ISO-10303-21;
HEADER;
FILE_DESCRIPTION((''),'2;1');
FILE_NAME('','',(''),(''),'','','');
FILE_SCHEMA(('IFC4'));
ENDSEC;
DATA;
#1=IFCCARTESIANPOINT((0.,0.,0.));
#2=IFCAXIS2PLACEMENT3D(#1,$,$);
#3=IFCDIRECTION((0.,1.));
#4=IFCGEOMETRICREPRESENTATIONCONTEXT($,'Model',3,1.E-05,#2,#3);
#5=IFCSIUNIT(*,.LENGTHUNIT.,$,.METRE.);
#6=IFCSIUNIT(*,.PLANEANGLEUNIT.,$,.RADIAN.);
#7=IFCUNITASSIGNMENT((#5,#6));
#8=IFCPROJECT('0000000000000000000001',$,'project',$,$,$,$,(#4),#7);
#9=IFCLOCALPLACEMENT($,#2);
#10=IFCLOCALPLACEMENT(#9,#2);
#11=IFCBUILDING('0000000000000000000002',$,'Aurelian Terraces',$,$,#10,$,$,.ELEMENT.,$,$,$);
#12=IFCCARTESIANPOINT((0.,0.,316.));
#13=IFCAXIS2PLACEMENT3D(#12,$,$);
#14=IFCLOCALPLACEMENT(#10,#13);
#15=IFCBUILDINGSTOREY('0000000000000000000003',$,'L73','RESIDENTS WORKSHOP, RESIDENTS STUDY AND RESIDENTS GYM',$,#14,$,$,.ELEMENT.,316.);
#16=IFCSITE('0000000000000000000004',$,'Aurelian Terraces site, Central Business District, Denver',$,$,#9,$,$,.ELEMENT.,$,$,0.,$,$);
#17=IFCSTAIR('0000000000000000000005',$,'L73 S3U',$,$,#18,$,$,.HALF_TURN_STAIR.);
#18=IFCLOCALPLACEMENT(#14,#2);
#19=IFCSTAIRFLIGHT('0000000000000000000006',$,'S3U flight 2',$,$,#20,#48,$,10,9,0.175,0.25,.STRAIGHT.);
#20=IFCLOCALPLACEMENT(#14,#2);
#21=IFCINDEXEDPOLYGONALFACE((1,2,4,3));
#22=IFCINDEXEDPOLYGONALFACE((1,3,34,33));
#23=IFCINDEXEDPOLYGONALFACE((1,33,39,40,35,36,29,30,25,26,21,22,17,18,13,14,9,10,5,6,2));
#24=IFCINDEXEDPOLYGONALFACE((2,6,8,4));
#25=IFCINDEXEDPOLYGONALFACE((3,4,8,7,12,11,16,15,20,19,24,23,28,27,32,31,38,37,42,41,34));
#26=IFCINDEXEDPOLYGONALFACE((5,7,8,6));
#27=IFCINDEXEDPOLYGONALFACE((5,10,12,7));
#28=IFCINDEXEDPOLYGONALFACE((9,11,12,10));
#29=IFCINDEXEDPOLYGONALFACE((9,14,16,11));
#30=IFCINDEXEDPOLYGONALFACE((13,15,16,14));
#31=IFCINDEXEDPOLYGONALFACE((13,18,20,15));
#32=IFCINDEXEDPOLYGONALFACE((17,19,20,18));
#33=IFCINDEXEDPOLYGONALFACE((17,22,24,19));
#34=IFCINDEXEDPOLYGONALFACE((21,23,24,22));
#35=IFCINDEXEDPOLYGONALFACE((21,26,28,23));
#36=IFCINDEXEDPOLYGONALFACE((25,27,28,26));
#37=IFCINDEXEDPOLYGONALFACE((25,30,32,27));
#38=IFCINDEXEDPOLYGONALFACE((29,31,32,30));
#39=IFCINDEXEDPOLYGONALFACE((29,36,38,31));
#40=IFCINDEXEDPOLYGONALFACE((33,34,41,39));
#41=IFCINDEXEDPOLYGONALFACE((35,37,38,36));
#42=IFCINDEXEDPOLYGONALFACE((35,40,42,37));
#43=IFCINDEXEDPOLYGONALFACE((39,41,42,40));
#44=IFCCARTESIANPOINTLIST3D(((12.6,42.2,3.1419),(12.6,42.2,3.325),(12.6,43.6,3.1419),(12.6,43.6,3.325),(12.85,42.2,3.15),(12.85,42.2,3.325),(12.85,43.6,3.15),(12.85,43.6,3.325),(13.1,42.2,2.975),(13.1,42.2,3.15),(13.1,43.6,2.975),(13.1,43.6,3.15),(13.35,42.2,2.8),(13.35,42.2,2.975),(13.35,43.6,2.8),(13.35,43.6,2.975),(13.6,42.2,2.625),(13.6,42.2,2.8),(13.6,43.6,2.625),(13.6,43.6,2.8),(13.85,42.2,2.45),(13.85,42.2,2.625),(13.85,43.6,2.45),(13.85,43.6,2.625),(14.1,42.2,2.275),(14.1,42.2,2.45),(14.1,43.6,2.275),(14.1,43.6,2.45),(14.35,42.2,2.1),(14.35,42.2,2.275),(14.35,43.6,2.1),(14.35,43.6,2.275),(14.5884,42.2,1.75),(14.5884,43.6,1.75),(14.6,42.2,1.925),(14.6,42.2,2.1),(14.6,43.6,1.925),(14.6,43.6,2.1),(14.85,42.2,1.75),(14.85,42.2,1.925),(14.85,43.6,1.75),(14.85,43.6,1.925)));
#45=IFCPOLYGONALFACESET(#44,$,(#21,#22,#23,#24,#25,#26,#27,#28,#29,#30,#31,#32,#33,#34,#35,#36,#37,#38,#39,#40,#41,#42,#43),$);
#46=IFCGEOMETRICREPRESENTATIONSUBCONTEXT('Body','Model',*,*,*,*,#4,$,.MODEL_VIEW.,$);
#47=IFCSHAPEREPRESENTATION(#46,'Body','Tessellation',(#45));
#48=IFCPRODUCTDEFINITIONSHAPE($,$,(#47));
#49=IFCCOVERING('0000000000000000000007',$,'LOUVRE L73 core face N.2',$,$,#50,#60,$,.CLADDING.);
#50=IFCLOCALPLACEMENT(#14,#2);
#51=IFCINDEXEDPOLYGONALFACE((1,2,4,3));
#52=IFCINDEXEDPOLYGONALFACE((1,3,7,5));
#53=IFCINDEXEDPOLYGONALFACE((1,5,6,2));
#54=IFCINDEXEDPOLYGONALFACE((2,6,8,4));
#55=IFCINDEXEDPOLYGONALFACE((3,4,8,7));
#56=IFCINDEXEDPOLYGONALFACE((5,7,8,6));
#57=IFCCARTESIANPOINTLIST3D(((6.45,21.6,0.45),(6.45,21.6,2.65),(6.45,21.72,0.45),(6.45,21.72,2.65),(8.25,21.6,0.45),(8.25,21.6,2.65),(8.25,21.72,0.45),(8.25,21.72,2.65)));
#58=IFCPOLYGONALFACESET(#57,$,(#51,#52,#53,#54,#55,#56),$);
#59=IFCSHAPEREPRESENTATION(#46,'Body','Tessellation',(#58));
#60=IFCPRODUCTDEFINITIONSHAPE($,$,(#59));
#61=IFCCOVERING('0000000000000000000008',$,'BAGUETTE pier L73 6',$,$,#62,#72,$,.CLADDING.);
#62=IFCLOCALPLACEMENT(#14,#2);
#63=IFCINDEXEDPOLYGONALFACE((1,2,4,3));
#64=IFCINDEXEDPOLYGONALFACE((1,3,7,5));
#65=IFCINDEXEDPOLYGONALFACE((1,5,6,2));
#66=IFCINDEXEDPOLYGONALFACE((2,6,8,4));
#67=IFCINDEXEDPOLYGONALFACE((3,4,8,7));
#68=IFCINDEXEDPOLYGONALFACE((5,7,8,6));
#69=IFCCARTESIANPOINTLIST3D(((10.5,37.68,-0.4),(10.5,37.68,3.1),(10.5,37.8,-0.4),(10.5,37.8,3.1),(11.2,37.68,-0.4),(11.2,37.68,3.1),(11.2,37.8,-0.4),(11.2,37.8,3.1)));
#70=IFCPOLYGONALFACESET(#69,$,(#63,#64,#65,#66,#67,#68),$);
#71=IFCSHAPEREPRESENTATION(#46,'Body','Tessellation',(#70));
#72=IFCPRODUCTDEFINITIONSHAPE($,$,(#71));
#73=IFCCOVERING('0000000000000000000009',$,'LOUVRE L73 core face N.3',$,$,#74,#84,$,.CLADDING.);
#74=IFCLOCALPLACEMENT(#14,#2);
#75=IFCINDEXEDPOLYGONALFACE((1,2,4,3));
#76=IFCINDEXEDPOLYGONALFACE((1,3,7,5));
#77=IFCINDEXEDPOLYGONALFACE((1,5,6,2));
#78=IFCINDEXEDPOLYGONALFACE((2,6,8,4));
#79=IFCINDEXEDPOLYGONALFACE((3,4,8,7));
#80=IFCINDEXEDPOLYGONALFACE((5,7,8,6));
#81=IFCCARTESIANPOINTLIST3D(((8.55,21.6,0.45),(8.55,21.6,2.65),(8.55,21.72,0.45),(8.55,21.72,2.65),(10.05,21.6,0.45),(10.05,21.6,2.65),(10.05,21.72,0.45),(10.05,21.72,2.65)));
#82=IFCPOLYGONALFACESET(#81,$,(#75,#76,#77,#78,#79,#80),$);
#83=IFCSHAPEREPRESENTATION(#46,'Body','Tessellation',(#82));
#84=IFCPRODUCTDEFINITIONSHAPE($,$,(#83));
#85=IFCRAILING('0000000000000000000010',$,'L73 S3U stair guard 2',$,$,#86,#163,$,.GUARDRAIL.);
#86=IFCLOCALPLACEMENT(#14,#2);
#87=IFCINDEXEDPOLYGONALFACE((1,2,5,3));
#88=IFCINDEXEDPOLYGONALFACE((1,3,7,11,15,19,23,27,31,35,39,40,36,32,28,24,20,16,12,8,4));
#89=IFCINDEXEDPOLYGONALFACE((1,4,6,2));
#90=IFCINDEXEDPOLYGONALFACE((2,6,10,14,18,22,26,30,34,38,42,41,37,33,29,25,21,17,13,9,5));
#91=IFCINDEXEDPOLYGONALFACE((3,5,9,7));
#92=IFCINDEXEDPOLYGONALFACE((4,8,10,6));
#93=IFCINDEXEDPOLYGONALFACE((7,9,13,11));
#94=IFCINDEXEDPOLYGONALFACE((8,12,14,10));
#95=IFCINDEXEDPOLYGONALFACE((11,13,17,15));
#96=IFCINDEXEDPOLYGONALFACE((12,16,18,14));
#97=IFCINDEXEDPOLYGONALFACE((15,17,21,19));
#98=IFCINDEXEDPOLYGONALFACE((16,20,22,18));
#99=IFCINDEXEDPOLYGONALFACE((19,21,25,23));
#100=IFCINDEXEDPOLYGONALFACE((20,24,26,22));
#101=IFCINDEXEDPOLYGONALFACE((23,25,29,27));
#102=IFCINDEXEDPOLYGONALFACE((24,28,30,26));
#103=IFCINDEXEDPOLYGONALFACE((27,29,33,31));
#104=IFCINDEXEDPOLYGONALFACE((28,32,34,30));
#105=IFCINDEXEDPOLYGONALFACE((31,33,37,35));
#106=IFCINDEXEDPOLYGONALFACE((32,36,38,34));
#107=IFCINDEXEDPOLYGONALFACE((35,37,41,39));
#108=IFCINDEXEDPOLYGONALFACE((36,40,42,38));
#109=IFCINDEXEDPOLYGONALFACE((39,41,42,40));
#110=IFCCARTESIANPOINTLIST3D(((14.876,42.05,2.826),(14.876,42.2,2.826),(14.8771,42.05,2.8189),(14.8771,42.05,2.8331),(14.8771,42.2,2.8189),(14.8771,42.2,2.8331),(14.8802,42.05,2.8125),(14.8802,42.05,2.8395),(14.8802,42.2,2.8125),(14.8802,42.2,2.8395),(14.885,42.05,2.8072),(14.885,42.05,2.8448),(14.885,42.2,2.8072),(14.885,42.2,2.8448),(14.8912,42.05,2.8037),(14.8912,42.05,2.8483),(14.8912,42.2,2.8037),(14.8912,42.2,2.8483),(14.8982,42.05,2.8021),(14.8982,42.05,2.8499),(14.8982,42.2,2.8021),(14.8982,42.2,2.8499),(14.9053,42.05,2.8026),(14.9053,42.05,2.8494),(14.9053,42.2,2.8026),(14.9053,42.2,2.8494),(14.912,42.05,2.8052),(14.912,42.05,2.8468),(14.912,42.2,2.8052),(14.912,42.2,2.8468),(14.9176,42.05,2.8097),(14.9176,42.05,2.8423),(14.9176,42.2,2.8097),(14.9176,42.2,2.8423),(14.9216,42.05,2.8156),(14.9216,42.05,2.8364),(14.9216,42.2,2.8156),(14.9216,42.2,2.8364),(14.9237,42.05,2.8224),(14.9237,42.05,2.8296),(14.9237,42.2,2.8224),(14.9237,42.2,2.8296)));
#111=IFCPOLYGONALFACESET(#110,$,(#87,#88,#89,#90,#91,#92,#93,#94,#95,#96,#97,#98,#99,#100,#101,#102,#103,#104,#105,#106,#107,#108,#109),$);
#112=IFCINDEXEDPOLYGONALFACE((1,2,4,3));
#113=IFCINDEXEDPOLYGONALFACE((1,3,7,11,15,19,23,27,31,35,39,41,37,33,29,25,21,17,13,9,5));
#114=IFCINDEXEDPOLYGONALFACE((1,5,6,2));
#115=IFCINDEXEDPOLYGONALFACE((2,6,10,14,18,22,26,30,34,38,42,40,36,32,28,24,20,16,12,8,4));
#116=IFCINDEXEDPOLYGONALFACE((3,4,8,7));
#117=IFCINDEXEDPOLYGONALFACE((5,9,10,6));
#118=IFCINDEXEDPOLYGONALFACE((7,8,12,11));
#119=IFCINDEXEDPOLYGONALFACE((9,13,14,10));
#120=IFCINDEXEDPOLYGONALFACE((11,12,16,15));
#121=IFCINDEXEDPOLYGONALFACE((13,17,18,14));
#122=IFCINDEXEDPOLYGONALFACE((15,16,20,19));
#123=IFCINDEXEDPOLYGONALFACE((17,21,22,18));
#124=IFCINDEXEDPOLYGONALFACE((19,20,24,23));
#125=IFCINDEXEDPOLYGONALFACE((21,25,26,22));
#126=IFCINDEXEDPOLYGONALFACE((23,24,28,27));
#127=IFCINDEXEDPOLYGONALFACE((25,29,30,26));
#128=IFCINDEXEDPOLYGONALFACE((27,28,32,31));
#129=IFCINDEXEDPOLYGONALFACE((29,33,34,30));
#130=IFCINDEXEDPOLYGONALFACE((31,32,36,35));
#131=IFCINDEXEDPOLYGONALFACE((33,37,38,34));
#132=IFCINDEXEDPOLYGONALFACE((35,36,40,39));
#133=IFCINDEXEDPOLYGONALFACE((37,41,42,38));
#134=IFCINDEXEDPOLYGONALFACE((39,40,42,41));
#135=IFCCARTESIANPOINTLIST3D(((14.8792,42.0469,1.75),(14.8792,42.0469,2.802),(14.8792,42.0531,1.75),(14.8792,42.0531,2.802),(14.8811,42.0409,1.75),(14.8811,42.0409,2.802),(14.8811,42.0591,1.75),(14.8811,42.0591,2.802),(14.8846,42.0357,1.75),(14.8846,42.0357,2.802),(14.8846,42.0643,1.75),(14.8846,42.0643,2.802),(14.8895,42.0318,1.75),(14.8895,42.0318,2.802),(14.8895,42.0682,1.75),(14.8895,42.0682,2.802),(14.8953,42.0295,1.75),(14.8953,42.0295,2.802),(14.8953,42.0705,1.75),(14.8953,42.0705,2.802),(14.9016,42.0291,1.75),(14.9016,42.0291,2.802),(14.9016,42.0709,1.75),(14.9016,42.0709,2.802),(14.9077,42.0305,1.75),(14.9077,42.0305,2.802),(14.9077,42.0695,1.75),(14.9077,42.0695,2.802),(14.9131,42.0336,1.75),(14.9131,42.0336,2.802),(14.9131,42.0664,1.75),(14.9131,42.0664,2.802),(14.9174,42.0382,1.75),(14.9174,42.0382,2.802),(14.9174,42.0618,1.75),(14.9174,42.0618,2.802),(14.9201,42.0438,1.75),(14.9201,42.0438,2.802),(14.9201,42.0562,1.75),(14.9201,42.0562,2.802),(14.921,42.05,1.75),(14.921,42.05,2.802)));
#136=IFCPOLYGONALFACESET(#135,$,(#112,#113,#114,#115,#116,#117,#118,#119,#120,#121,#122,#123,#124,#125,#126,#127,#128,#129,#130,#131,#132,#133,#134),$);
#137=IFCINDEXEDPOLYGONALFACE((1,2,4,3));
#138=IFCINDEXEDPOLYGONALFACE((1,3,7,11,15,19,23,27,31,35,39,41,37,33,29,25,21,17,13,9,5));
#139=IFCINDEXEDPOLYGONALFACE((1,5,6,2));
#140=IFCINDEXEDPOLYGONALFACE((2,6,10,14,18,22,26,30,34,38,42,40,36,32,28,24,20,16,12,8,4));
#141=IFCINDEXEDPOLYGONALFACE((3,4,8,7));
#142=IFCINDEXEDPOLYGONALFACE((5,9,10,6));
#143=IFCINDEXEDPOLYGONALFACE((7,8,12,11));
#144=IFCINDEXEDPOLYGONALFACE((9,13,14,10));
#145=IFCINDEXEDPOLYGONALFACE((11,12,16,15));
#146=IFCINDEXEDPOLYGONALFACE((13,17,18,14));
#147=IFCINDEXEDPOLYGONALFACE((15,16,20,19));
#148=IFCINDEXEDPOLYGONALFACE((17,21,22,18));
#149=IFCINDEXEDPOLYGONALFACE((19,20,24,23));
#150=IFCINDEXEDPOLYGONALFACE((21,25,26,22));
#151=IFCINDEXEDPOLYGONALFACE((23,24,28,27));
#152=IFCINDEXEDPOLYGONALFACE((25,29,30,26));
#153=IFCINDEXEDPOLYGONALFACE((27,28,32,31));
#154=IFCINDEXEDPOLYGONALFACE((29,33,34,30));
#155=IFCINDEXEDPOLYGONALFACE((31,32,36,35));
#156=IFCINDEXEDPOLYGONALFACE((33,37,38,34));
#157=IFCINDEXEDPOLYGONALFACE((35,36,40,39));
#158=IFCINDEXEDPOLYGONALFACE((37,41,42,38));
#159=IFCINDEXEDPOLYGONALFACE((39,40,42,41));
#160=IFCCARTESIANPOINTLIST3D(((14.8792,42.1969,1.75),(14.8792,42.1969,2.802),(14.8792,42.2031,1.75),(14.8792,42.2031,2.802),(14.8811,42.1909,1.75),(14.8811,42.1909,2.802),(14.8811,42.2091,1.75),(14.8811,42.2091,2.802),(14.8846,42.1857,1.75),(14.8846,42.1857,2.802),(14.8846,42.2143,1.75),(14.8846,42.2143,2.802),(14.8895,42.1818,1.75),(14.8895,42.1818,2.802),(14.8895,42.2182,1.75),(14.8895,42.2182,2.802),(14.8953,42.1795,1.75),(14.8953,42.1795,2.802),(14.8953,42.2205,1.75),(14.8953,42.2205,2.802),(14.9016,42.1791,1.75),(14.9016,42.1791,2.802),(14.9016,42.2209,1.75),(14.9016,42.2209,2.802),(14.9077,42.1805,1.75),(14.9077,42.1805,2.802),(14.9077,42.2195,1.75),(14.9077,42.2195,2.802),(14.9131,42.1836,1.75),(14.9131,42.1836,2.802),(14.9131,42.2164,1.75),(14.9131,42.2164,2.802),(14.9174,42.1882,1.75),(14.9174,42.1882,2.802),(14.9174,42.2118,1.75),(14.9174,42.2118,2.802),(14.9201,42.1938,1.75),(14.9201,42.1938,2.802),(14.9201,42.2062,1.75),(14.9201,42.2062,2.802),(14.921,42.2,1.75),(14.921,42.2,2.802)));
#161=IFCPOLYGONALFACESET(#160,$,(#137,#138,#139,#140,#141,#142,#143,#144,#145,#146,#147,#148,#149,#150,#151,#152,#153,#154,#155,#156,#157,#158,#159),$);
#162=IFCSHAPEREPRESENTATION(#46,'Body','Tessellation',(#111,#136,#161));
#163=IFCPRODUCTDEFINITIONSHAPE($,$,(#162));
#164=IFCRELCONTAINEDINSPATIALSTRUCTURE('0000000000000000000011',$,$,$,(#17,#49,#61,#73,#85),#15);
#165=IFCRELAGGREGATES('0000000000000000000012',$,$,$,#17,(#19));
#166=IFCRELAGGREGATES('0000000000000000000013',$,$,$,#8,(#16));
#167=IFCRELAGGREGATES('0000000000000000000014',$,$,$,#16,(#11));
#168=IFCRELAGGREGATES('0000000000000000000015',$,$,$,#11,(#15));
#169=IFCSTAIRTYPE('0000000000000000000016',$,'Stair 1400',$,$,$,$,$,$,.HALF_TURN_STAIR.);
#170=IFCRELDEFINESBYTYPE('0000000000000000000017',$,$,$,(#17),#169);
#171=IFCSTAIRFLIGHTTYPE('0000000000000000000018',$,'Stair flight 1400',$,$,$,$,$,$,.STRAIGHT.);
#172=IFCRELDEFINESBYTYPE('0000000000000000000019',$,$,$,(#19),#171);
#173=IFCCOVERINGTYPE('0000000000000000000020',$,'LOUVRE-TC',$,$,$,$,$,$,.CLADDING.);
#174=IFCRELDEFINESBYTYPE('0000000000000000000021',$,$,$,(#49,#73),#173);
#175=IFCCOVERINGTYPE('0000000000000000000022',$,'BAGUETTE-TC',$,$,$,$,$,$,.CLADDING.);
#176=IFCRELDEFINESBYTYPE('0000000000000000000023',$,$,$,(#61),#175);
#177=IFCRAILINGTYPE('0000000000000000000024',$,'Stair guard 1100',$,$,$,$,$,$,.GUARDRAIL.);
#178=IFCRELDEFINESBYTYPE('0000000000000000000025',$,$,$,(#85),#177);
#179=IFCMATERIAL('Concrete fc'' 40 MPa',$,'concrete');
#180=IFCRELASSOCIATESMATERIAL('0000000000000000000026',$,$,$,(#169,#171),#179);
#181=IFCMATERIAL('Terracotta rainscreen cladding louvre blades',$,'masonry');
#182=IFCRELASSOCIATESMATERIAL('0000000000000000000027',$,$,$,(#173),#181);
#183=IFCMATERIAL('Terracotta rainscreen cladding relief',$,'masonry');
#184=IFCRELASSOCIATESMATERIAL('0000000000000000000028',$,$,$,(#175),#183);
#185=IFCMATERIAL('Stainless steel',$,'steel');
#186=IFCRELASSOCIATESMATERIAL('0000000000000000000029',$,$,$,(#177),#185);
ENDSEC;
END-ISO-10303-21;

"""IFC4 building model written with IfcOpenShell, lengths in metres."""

from ifc_helpers import new_model, si_unit, direction, frame, origin, origin_2d, place, context, subcontext, project, spatial, polyline, rectangle, circle, outline, extrude, source, transform, mapped, material, type_object, element, aggregate, save


model = new_model("IFC4")

# Units and contexts
model_context = context("Model", 3, precision=1e-05, world=origin(), true_north=direction((0.0, 1.0)))
body_context = subcontext(model_context, "Body", "Model", "MODEL_VIEW")
ifc_project = project(units=[si_unit("LENGTHUNIT", "METRE"), si_unit("PLANEANGLEUNIT", "RADIAN")], contexts=[model_context])

# Site, building, storey
site_placement = place(None, origin())
site = spatial("IfcSite", under=ifc_project, at=site_placement, Name="Aurelian Terraces site, Central Business District, Denver", CompositionType="ELEMENT", RefElevation=0.0)
building_placement = place(site_placement, origin())
building = spatial("IfcBuilding", under=site, at=building_placement, Name="Aurelian Terraces", CompositionType="ELEMENT")
storey_placement = place(building_placement, frame((0.0, 0.0, 316.0)))
storey = spatial("IfcBuildingStorey", under=building, at=storey_placement, Name="L73", Description="RESIDENTS WORKSHOP, RESIDENTS STUDY AND RESIDENTS GYM", CompositionType="ELEMENT", Elevation=316.0)

# Shared definitions
ifc_material_1 = material(Name="Concrete fc' 40 MPa", Category="concrete")

# Stair, stair flight
stair_type = type_object("IfcStairType", Name="Stair 1400", PredefinedType="HALF_TURN_STAIR", material=ifc_material_1)
stair_placement = place(storey_placement, origin())
stair = element("IfcStair", 1, at=stair_placement, inside=storey, type_object=stair_type, Name="L73 S3U", PredefinedType="HALF_TURN_STAIR")
stair_flight_type = type_object("IfcStairFlightType", Name="Stair flight 1400", PredefinedType="STRAIGHT", material=ifc_material_1)
shared_shape_1 = source(origin(), body_context, "Body", "SweptSolid", [
    extrude(outline(polyline([(0.0, 0.0), (0.0, 0.175), (0.25, 0.175), (0.25, 0.35), (0.5, 0.35), (0.5, 0.525), (0.75, 0.525), (0.75, 0.7), (1.0, 0.7), (1.0, 0.875), (1.25, 0.875), (1.25, 1.05), (1.5, 1.05), (1.5, 1.225), (1.75, 1.225), (1.75, 1.4), (2.0, 1.4), (2.0, 1.575), (2.25, 1.575), (2.25, 1.75), (2.25, 1.3919), (0.2616, 0.0), (0.0, 0.0)])), frame((0.0, 0.7, 0.0), z_axis=(0.0, -1.0, 0.0), x_axis=(1.0, 0.0, 0.0)), (0.0, 0.0, 1.0), 1.4),
])
stair_flight_1_placement = place(storey_placement, frame((14.85, 42.9, 1.75), z_axis=(0.0, 0.0, 1.0), x_axis=(-1.0, 0.0, 0.0)))
stair_flight_1 = element("IfcStairFlight", 2, at=stair_flight_1_placement, type_object=stair_flight_type, Name="S3U flight 2", NumberOfRisers=10, NumberOfTreads=9, PredefinedType="STRAIGHT", RiserHeight=0.175, TreadLength=0.25, context=body_context, shape_type="MappedRepresentation", body=[
    mapped(shared_shape_1, transform((0.0, 0.0, 0.0), scale=1.0)),
])
aggregate(stair, [stair_flight_1])

# Coverings
ifc_material_2 = material(Name="Terracotta rainscreen cladding louvre blades", Category="masonry")
covering_type_1 = type_object("IfcCoveringType", Name="LOUVRE-TC", PredefinedType="CLADDING", material=ifc_material_2)
shared_shape_2 = source(origin(), body_context, "Body", "SweptSolid", [
    extrude(rectangle(XDim=1.8, YDim=0.12, at=origin_2d()), origin(), (0.0, 0.0, 1.0), 2.2),
])
covering_1_placement = place(storey_placement, frame((7.35, 21.66, 0.45), z_axis=(0.0, 0.0, 1.0), x_axis=(1.0, 0.0, 0.0)))
element("IfcCovering", 3, at=covering_1_placement, inside=storey, type_object=covering_type_1, Name="LOUVRE L73 core face N.2", PredefinedType="CLADDING", context=body_context, shape_type="MappedRepresentation", body=[
    mapped(shared_shape_2, transform((0.0, 0.0, 0.0), scale=1.0)),
])
ifc_material_3 = material(Name="Terracotta rainscreen cladding relief", Category="masonry")
covering_type_2 = type_object("IfcCoveringType", Name="BAGUETTE-TC", PredefinedType="CLADDING", material=ifc_material_3)
shared_shape_3 = source(origin(), body_context, "Body", "SweptSolid", [
    extrude(rectangle(XDim=0.7, YDim=0.12, at=origin_2d()), origin(), (0.0, 0.0, 1.0), 3.5),
])
covering_2_placement = place(storey_placement, frame((10.85, 37.74, -0.4), z_axis=(0.0, 0.0, 1.0), x_axis=(1.0, 0.0, 0.0)))
element("IfcCovering", 4, at=covering_2_placement, inside=storey, type_object=covering_type_2, Name="BAGUETTE pier L73 6", PredefinedType="CLADDING", context=body_context, shape_type="MappedRepresentation", body=[
    mapped(shared_shape_3, transform((0.0, 0.0, 0.0), scale=1.0)),
])
shared_shape_4 = source(origin(), body_context, "Body", "SweptSolid", [
    extrude(rectangle(XDim=1.5, YDim=0.12, at=origin_2d()), origin(), (0.0, 0.0, 1.0), 2.2),
])
covering_3_placement = place(storey_placement, frame((9.3, 21.66, 0.45), z_axis=(0.0, 0.0, 1.0), x_axis=(1.0, 0.0, 0.0)))
element("IfcCovering", 5, at=covering_3_placement, inside=storey, type_object=covering_type_1, Name="LOUVRE L73 core face N.3", PredefinedType="CLADDING", context=body_context, shape_type="MappedRepresentation", body=[
    mapped(shared_shape_4, transform((0.0, 0.0, 0.0), scale=1.0)),
])

# Railing
ifc_material_4 = material(Name="Stainless steel", Category="steel")
railing_type_1 = type_object("IfcRailingType", Name="Stair guard 1100", PredefinedType="GUARDRAIL", material=ifc_material_4)
shared_shape_5 = source(origin(), body_context, "Body", "SweptSolid", [
    extrude(circle(Radius=0.024, at=origin_2d()), frame((0.0, 0.0, 1.076), z_axis=(0.0, 1.0, 0.0), x_axis=(-1.0, 0.0, 0.0)), (0.0, 0.0, 1.0), 0.15),
    extrude(circle(Radius=0.021, at=origin_2d()), origin(), (0.0, 0.0, 1.0), 1.052),
    extrude(circle(Radius=0.021, at=origin_2d()), frame((0.0, 0.15, 0.0)), (0.0, 0.0, 1.0), 1.052),
])
for number, where, name in (
    (6, (14.9, 42.05, 1.75), "L73 S3U stair guard 2"),
):
    element("IfcRailing", number, at=place(storey_placement, frame(where)), inside=storey, type_object=railing_type_1, Name=name, PredefinedType="GUARDRAIL", context=body_context, shape_type="MappedRepresentation", body=[
        mapped(shared_shape_5, transform((0.0, 0.0, 0.0), scale=1.0)),
    ])

save(model, "model.ifc")
